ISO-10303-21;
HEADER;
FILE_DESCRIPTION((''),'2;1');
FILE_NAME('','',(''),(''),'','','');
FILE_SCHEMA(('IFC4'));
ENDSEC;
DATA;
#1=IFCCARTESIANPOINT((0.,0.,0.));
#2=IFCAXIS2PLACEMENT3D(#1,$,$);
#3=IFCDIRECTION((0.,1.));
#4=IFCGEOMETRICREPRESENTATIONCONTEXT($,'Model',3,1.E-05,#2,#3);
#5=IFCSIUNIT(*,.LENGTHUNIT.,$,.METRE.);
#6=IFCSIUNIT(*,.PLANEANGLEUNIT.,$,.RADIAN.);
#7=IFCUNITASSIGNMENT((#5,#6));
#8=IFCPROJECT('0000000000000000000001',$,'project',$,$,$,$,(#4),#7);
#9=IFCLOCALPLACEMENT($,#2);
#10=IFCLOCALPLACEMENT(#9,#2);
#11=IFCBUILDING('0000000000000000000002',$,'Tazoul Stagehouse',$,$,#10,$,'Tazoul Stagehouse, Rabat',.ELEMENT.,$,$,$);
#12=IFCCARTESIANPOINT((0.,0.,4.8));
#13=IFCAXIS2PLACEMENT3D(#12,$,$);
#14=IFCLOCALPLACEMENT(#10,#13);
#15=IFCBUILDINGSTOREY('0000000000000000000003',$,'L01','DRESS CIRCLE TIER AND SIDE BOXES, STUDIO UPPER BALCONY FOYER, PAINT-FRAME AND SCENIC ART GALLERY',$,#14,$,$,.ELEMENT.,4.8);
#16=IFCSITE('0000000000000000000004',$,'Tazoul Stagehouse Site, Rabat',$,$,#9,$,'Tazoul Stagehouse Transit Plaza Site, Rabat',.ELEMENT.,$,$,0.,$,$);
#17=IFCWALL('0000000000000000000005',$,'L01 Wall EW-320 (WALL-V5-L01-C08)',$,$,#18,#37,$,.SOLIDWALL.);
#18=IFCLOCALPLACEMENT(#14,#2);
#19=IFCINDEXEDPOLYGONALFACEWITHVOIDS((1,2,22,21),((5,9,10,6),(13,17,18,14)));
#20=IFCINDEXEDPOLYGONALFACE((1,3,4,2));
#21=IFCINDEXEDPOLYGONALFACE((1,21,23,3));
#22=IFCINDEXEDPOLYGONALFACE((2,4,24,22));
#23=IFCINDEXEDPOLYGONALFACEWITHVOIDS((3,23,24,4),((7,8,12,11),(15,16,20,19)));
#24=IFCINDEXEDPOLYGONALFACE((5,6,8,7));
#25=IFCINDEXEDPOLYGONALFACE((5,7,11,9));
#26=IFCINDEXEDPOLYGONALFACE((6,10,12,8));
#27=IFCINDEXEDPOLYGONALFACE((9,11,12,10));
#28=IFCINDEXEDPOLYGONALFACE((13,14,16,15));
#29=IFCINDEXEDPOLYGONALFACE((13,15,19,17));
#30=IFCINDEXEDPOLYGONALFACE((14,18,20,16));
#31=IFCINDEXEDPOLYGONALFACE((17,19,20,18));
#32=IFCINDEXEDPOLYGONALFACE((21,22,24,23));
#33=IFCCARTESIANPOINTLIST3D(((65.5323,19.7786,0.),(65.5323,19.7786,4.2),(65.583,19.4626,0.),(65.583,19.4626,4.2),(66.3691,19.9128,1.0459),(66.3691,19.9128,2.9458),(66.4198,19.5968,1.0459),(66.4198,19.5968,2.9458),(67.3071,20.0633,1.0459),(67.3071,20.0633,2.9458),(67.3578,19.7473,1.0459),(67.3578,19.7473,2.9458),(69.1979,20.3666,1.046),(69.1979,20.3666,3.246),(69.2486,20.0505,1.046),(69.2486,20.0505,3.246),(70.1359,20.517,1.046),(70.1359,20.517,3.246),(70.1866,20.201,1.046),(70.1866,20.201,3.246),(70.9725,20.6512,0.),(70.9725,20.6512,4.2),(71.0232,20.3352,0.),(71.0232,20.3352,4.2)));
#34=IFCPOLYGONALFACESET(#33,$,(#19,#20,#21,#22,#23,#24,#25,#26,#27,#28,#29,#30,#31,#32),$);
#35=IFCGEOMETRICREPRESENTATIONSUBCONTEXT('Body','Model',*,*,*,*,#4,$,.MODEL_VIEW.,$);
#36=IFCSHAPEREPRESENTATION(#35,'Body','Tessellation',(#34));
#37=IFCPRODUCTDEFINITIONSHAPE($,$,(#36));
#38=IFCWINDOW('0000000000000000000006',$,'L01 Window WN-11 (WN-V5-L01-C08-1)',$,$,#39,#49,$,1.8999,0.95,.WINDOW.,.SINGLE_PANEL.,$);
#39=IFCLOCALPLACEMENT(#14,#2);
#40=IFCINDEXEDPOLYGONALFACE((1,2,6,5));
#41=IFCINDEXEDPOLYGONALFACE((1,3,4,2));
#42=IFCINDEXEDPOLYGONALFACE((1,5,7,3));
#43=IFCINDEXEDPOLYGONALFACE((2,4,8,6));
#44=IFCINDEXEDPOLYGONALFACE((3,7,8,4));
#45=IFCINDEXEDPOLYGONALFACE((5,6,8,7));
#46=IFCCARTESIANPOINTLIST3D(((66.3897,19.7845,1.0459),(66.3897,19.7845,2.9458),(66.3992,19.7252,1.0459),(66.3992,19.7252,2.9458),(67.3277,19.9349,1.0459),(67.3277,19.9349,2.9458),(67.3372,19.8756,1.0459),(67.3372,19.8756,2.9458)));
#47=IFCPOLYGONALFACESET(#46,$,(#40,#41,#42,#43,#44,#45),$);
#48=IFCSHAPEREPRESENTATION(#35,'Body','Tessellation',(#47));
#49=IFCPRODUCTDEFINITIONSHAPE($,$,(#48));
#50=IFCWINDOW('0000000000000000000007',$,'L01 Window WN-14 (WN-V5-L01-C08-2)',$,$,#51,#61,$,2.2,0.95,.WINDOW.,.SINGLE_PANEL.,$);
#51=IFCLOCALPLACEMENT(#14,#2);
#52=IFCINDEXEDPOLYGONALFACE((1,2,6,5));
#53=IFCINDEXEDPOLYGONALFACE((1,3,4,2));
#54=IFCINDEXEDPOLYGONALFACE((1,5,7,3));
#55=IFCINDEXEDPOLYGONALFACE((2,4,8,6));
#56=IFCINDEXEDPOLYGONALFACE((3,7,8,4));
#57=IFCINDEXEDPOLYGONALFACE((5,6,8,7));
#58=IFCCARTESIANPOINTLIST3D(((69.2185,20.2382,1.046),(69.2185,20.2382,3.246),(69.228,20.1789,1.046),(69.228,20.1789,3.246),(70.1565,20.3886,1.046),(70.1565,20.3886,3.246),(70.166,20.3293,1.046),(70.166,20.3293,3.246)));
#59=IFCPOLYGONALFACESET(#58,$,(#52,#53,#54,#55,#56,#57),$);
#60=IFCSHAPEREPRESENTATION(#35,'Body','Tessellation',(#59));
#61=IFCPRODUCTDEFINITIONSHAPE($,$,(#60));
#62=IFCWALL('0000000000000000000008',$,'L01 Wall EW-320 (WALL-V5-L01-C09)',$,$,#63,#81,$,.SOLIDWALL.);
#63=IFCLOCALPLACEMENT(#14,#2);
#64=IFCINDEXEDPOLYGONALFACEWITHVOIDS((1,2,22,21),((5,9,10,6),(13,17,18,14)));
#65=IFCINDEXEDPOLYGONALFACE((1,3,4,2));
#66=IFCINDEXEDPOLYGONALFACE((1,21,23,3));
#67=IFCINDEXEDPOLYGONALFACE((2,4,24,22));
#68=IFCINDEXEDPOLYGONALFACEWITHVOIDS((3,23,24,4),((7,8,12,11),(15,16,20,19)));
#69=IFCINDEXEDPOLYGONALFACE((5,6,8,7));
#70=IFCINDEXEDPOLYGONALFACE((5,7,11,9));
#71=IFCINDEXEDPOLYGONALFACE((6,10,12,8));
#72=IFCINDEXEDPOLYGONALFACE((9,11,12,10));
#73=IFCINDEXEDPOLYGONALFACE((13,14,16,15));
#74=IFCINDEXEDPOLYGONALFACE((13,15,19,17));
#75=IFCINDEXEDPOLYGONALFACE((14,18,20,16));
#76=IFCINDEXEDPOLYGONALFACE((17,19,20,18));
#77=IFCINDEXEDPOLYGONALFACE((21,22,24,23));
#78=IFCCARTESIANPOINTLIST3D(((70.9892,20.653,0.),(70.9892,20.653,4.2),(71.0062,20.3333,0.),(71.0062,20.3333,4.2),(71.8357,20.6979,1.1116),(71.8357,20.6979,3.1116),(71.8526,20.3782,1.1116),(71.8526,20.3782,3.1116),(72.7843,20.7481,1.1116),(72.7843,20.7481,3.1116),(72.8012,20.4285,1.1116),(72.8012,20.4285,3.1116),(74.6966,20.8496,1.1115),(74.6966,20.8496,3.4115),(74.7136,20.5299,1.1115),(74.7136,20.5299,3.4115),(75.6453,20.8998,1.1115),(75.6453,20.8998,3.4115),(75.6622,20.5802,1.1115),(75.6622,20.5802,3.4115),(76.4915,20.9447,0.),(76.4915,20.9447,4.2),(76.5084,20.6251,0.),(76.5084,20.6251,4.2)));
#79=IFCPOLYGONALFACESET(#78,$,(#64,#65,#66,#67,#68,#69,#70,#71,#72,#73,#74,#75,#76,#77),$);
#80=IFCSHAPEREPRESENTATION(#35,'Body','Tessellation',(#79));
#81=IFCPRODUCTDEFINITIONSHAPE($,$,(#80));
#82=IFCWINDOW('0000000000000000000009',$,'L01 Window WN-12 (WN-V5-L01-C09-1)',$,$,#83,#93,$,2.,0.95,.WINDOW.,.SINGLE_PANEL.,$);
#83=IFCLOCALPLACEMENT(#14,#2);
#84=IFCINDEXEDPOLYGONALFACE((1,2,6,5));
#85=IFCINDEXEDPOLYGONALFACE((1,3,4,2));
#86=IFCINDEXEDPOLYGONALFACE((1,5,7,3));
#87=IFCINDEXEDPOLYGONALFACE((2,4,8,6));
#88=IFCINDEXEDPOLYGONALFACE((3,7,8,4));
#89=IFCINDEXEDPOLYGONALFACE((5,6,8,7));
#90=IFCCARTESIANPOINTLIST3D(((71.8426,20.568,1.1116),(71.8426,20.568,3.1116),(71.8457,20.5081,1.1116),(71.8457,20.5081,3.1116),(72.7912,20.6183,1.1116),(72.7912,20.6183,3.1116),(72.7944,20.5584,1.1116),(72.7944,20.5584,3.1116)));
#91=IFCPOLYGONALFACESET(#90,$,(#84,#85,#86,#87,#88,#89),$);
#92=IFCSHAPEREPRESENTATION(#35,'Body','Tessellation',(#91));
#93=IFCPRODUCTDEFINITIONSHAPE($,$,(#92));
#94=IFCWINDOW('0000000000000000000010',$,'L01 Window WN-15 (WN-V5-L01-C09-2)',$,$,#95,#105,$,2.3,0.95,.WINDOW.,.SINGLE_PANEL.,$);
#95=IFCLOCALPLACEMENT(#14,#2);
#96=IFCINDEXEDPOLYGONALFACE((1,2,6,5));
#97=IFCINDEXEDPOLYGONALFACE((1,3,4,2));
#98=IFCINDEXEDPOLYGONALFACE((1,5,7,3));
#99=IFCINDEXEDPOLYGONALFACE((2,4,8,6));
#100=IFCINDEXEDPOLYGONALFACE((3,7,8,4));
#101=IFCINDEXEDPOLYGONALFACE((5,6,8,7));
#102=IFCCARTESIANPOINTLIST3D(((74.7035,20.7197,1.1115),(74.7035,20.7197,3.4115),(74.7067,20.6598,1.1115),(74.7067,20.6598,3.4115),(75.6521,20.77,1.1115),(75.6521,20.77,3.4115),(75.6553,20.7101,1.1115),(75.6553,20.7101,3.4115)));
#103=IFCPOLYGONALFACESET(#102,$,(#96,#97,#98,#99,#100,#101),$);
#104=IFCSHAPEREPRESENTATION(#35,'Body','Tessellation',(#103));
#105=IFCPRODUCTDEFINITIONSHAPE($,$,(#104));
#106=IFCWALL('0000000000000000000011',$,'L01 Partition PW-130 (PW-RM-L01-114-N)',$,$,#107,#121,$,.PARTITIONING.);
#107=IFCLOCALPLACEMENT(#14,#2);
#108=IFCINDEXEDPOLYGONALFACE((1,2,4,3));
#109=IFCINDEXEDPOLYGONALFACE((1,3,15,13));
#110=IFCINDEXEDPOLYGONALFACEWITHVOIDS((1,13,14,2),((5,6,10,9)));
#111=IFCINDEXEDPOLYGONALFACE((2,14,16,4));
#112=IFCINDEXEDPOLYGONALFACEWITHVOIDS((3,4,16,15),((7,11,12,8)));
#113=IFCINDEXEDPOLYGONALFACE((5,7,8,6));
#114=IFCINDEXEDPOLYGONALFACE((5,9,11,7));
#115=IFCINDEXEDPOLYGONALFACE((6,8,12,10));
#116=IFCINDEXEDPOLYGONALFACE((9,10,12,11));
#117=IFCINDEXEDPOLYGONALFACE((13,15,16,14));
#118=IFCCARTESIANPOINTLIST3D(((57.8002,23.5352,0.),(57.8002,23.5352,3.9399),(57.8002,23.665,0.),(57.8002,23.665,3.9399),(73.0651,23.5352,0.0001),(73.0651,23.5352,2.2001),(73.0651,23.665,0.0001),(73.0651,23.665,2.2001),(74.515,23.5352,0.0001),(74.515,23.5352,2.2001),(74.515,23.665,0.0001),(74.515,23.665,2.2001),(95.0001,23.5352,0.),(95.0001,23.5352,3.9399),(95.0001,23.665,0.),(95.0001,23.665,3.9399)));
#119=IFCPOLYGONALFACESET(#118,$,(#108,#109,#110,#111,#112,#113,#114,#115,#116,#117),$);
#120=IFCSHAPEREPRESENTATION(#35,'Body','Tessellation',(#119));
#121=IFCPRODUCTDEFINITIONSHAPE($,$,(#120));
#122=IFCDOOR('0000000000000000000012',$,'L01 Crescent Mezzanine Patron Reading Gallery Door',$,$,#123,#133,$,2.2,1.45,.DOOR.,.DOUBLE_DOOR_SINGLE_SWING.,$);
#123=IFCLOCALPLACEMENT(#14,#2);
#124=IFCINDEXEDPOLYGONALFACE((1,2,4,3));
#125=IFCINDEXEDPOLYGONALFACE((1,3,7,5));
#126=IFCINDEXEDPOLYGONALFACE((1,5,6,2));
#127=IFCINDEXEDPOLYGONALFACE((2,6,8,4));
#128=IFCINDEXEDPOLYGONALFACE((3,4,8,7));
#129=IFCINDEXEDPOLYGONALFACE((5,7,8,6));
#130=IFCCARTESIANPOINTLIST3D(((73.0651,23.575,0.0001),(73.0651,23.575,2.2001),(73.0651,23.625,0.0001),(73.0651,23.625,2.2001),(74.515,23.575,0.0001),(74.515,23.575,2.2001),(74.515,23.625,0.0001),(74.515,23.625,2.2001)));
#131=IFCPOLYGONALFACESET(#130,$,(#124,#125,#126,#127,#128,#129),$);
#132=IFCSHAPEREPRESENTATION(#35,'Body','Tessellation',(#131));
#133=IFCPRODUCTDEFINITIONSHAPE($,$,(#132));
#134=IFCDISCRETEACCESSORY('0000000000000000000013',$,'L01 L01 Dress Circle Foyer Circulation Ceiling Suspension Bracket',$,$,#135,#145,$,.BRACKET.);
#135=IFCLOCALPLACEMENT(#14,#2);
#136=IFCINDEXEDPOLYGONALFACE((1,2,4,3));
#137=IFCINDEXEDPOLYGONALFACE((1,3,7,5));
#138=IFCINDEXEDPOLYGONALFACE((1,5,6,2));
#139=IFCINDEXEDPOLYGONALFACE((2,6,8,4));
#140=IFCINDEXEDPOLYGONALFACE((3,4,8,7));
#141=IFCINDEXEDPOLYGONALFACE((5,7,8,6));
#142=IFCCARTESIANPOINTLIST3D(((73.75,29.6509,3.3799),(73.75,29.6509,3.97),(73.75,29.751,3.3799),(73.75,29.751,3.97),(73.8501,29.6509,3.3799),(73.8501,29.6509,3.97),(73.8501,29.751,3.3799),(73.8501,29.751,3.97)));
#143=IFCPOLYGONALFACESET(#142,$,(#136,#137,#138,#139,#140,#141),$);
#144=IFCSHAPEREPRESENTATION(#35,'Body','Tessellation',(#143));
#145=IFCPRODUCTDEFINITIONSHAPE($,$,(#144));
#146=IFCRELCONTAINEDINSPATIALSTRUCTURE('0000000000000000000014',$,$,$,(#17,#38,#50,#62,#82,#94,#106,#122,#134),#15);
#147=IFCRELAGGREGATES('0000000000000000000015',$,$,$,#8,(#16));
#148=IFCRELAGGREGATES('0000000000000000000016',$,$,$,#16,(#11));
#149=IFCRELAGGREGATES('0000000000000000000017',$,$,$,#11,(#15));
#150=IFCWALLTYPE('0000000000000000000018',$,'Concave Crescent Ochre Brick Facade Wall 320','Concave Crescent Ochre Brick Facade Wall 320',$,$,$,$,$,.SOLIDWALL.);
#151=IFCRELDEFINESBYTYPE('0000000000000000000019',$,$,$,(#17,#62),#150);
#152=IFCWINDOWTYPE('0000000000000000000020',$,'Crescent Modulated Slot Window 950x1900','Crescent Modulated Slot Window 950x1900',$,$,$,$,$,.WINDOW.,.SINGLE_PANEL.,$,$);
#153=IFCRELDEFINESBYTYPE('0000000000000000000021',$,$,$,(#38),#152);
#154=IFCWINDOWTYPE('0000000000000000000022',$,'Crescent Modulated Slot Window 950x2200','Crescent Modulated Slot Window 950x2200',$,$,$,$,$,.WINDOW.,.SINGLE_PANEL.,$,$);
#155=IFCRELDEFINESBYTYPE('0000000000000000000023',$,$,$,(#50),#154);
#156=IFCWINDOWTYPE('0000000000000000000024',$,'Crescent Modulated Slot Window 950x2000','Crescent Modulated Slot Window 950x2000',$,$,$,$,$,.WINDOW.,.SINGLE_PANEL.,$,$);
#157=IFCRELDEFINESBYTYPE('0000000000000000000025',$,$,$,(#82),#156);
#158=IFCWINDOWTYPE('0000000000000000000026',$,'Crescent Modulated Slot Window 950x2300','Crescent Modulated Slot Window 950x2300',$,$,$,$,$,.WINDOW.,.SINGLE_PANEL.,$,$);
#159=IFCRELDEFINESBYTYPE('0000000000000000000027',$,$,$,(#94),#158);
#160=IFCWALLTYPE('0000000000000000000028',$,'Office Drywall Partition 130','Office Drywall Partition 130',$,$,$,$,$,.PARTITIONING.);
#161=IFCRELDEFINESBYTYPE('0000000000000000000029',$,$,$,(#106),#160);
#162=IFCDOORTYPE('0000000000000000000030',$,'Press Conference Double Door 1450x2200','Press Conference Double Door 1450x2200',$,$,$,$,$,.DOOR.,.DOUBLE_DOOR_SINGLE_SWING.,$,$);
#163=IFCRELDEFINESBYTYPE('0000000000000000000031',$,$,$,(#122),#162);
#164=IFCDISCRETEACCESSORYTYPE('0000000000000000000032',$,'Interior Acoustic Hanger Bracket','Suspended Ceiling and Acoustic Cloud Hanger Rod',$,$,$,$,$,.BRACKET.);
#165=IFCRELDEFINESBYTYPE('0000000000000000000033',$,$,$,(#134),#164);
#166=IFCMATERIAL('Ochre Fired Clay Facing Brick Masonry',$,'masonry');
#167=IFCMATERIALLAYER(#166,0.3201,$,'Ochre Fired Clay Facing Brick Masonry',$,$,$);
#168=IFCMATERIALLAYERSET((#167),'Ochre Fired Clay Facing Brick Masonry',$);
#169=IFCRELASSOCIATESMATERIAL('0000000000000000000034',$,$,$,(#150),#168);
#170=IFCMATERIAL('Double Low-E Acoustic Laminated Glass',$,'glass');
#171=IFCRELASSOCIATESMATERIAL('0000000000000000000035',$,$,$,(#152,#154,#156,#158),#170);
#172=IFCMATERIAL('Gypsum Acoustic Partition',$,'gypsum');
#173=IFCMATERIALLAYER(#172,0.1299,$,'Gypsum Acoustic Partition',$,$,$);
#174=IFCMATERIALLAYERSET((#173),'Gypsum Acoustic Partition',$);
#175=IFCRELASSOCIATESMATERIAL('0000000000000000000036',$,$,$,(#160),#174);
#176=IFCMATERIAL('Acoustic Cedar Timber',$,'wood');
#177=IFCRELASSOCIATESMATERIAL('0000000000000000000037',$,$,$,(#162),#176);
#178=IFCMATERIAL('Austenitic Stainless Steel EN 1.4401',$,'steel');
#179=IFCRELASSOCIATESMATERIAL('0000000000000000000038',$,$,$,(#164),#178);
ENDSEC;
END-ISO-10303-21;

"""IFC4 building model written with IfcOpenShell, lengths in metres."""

from ifc_helpers import new_model, si_unit, direction, frame, frame_2d, origin, origin_2d, place, context, subcontext, project, spatial, rectangle, extrude, material, layer, layer_set, type_object, element, fill, save


model = new_model("IFC4")

# Units and contexts
model_context = context("Model", 3, precision=1e-05, world=origin(), true_north=direction((0.0, 1.0)))
body_context = subcontext(model_context, "Body", "Model", "MODEL_VIEW")
ifc_project = project(units=[si_unit("LENGTHUNIT", "METRE"), si_unit("PLANEANGLEUNIT", "RADIAN")], contexts=[model_context])

# Site, building, storey
site_placement = place(None, origin())
site = spatial("IfcSite", under=ifc_project, at=site_placement, Name="Tazoul Stagehouse Site, Rabat", LongName="Tazoul Stagehouse Transit Plaza Site, Rabat", CompositionType="ELEMENT", RefElevation=0.0)
building_placement = place(site_placement, origin())
building = spatial("IfcBuilding", under=site, at=building_placement, Name="Tazoul Stagehouse", LongName="Tazoul Stagehouse, Rabat", CompositionType="ELEMENT")
storey_placement = place(building_placement, frame((0.0, 0.0, 4.8)))
storey = spatial("IfcBuildingStorey", under=building, at=storey_placement, Name="L01", Description="DRESS CIRCLE TIER AND SIDE BOXES, STUDIO UPPER BALCONY FOYER, PAINT-FRAME AND SCENIC ART GALLERY", CompositionType="ELEMENT", Elevation=4.8)

# Walls, openings, windows
ifc_material_1 = material(Name="Ochre Fired Clay Facing Brick Masonry", Category="masonry")
ifc_layer_1 = layer(ifc_material_1, 0.3201, Name="Ochre Fired Clay Facing Brick Masonry")
ifc_layer_set_1 = layer_set([ifc_layer_1], Name="Ochre Fired Clay Facing Brick Masonry")
wall_type_1 = type_object("IfcWallType", Name="Concave Crescent Ochre Brick Facade Wall 320", Description="Concave Crescent Ochre Brick Facade Wall 320", PredefinedType="SOLIDWALL", material=ifc_layer_set_1)
ifc_material_2 = material(Name="Double Low-E Acoustic Laminated Glass", Category="glass")
wall_1_placement = place(storey_placement, frame((65.5576, 19.6206, 0.0), z_axis=(0.0, 0.0, 1.0), x_axis=(0.98738, 0.158367, 0.0)))
wall_1 = element("IfcWall", 1, at=wall_1_placement, inside=storey, type_object=wall_type_1, Name="L01 Wall EW-320 (WALL-V5-L01-C08)", PredefinedType="SOLIDWALL", context=body_context, shape_type="SweptSolid", body=[
    extrude(rectangle(XDim=5.5098, YDim=0.3201, at=frame_2d((2.7549, 0.0))), origin(), (0.0, 0.0, 1.0), 4.2),
])
opening_1_placement = place(wall_1_placement, frame((0.8474, 0.0, 1.0459)))
opening_1 = element("IfcOpeningElement", 2, at=opening_1_placement, cuts=wall_1, PredefinedType="OPENING", context=body_context, shape_type="SweptSolid", body=[
    extrude(rectangle(XDim=0.95, YDim=1.8999, at=frame_2d((0.4751, 0.95))), frame((0.0, 0.1799, 0.0), z_axis=(0.0, -1.0, 0.0), x_axis=(1.0, 0.0, 0.0)), (0.0, 0.0, 1.0), 0.3601),
])
opening_2_placement = place(wall_1_placement, frame((3.7124, 0.0, 1.0459)))
opening_2 = element("IfcOpeningElement", 3, at=opening_2_placement, cuts=wall_1, PredefinedType="OPENING", context=body_context, shape_type="SweptSolid", body=[
    extrude(rectangle(XDim=0.95, YDim=2.2, at=frame_2d((0.4751, 1.1001))), frame((0.0, 0.1799, 0.0), z_axis=(0.0, -1.0, 0.0), x_axis=(1.0, 0.0, 0.0)), (0.0, 0.0, 1.0), 0.3601),
])
window_type_1 = type_object("IfcWindowType", Name="Crescent Modulated Slot Window 950x1900", Description="Crescent Modulated Slot Window 950x1900", PartitioningType="SINGLE_PANEL", PredefinedType="WINDOW", material=ifc_material_2)
window_1_placement = place(opening_1_placement, origin())
window_1 = element("IfcWindow", 4, at=window_1_placement, inside=storey, type_object=window_type_1, Name="L01 Window WN-11 (WN-V5-L01-C08-1)", OverallHeight=1.8999, OverallWidth=0.95, PartitioningType="SINGLE_PANEL", PredefinedType="WINDOW", context=body_context, shape_type="SweptSolid", body=[
    extrude(rectangle(XDim=0.95, YDim=1.8999, at=frame_2d((0.4751, 0.95))), frame((0.0, 0.03, 0.0), z_axis=(0.0, -1.0, 0.0), x_axis=(1.0, 0.0, 0.0)), (0.0, 0.0, 1.0), 0.0601),
])
fill(opening_1, window_1)
window_type_2 = type_object("IfcWindowType", Name="Crescent Modulated Slot Window 950x2200", Description="Crescent Modulated Slot Window 950x2200", PartitioningType="SINGLE_PANEL", PredefinedType="WINDOW", material=ifc_material_2)
window_2_placement = place(opening_2_placement, origin())
window_2 = element("IfcWindow", 5, at=window_2_placement, inside=storey, type_object=window_type_2, Name="L01 Window WN-14 (WN-V5-L01-C08-2)", OverallHeight=2.2, OverallWidth=0.95, PartitioningType="SINGLE_PANEL", PredefinedType="WINDOW", context=body_context, shape_type="SweptSolid", body=[
    extrude(rectangle(XDim=0.95, YDim=2.2, at=frame_2d((0.4751, 1.1001))), frame((0.0, 0.03, 0.0), z_axis=(0.0, -1.0, 0.0), x_axis=(1.0, 0.0, 0.0)), (0.0, 0.0, 1.0), 0.0601),
])
fill(opening_2, window_2)
wall_2_placement = place(storey_placement, frame((70.9978, 20.4932, 0.0), z_axis=(0.0, 0.0, 1.0), x_axis=(0.998597, 0.05295, 0.0)))
wall_2 = element("IfcWall", 6, at=wall_2_placement, inside=storey, type_object=wall_type_1, Name="L01 Wall EW-320 (WALL-V5-L01-C09)", PredefinedType="SOLIDWALL", context=body_context, shape_type="SweptSolid", body=[
    extrude(rectangle(XDim=5.51, YDim=0.3201, at=frame_2d((2.7549, 0.0))), origin(), (0.0, 0.0, 1.0), 4.2),
])
opening_3_placement = place(wall_2_placement, frame((0.8474, 0.0, 1.1116)))
opening_3 = element("IfcOpeningElement", 7, at=opening_3_placement, cuts=wall_2, PredefinedType="OPENING", context=body_context, shape_type="SweptSolid", body=[
    extrude(rectangle(XDim=0.95, YDim=2.0, at=frame_2d((0.4751, 1.0))), frame((0.0, 0.1799, 0.0), z_axis=(0.0, -1.0, 0.0), x_axis=(1.0, 0.0, 0.0)), (0.0, 0.0, 1.0), 0.3601),
])
opening_4_placement = place(wall_2_placement, frame((3.7124, 0.0, 1.1116)))
opening_4 = element("IfcOpeningElement", 8, at=opening_4_placement, cuts=wall_2, PredefinedType="OPENING", context=body_context, shape_type="SweptSolid", body=[
    extrude(rectangle(XDim=0.95, YDim=2.3, at=frame_2d((0.4751, 1.1499))), frame((0.0, 0.1799, 0.0), z_axis=(0.0, -1.0, 0.0), x_axis=(1.0, 0.0, 0.0)), (0.0, 0.0, 1.0), 0.3601),
])
window_type_3 = type_object("IfcWindowType", Name="Crescent Modulated Slot Window 950x2000", Description="Crescent Modulated Slot Window 950x2000", PartitioningType="SINGLE_PANEL", PredefinedType="WINDOW", material=ifc_material_2)
window_3_placement = place(opening_3_placement, origin())
window_3 = element("IfcWindow", 9, at=window_3_placement, inside=storey, type_object=window_type_3, Name="L01 Window WN-12 (WN-V5-L01-C09-1)", OverallHeight=2.0, OverallWidth=0.95, PartitioningType="SINGLE_PANEL", PredefinedType="WINDOW", context=body_context, shape_type="SweptSolid", body=[
    extrude(rectangle(XDim=0.95, YDim=2.0, at=frame_2d((0.4751, 1.0))), frame((0.0, 0.03, 0.0), z_axis=(0.0, -1.0, 0.0), x_axis=(1.0, 0.0, 0.0)), (0.0, 0.0, 1.0), 0.0601),
])
fill(opening_3, window_3)
window_type_4 = type_object("IfcWindowType", Name="Crescent Modulated Slot Window 950x2300", Description="Crescent Modulated Slot Window 950x2300", PartitioningType="SINGLE_PANEL", PredefinedType="WINDOW", material=ifc_material_2)
window_4_placement = place(opening_4_placement, origin())
window_4 = element("IfcWindow", 10, at=window_4_placement, inside=storey, type_object=window_type_4, Name="L01 Window WN-15 (WN-V5-L01-C09-2)", OverallHeight=2.3, OverallWidth=0.95, PartitioningType="SINGLE_PANEL", PredefinedType="WINDOW", context=body_context, shape_type="SweptSolid", body=[
    extrude(rectangle(XDim=0.95, YDim=2.3, at=frame_2d((0.4751, 1.1499))), frame((0.0, 0.03, 0.0), z_axis=(0.0, -1.0, 0.0), x_axis=(1.0, 0.0, 0.0)), (0.0, 0.0, 1.0), 0.0601),
])
fill(opening_4, window_4)

# Wall, opening, door
ifc_material_3 = material(Name="Gypsum Acoustic Partition", Category="gypsum")
ifc_layer_2 = layer(ifc_material_3, 0.1299, Name="Gypsum Acoustic Partition")
ifc_layer_set_2 = layer_set([ifc_layer_2], Name="Gypsum Acoustic Partition")
wall_type_2 = type_object("IfcWallType", Name="Office Drywall Partition 130", Description="Office Drywall Partition 130", PredefinedType="PARTITIONING", material=ifc_layer_set_2)
wall_3_placement = place(storey_placement, frame((57.8, 23.6001, 0.0), z_axis=(0.0, 0.0, 1.0), x_axis=(1.0, 0.0, 0.0)))
wall_3 = element("IfcWall", 11, at=wall_3_placement, inside=storey, type_object=wall_type_2, Name="L01 Partition PW-130 (PW-RM-L01-114-N)", PredefinedType="PARTITIONING", context=body_context, shape_type="SweptSolid", body=[
    extrude(rectangle(XDim=37.2, YDim=0.1299, at=frame_2d((18.6001, 0.0))), origin(), (0.0, 0.0, 1.0), 3.9399),
])
opening_5_placement = place(wall_3_placement, frame((15.2649, 0.0, 0.0)))
opening_5 = element("IfcOpeningElement", 12, at=opening_5_placement, cuts=wall_3, PredefinedType="OPENING", context=body_context, shape_type="SweptSolid", body=[
    extrude(rectangle(XDim=1.45, YDim=2.2, at=frame_2d((0.7251, 1.1001))), frame((0.0, 0.085, 0.0), z_axis=(0.0, -1.0, 0.0), x_axis=(1.0, 0.0, 0.0)), (0.0, 0.0, 1.0), 0.1699),
])
ifc_material_4 = material(Name="Acoustic Cedar Timber", Category="wood")
door_type = type_object("IfcDoorType", Name="Press Conference Double Door 1450x2200", Description="Press Conference Double Door 1450x2200", OperationType="DOUBLE_DOOR_SINGLE_SWING", PredefinedType="DOOR", material=ifc_material_4)
door_placement = place(opening_5_placement, origin())
door = element("IfcDoor", 13, at=door_placement, inside=storey, type_object=door_type, Name="L01 Crescent Mezzanine Patron Reading Gallery Door", OperationType="DOUBLE_DOOR_SINGLE_SWING", OverallHeight=2.2, OverallWidth=1.45, PredefinedType="DOOR", context=body_context, shape_type="SweptSolid", body=[
    extrude(rectangle(XDim=1.45, YDim=2.2, at=frame_2d((0.7251, 1.1001))), frame((0.0, 0.0249, 0.0), z_axis=(0.0, -1.0, 0.0), x_axis=(1.0, 0.0, 0.0)), (0.0, 0.0, 1.0), 0.05),
])
fill(opening_5, door)

# Discrete accessory
ifc_material_5 = material(Name="Austenitic Stainless Steel EN 1.4401", Category="steel")
discrete_accessory_type = type_object("IfcDiscreteAccessoryType", Name="Interior Acoustic Hanger Bracket", Description="Suspended Ceiling and Acoustic Cloud Hanger Rod", PredefinedType="BRACKET", material=ifc_material_5)
discrete_accessory_placement = place(storey_placement, frame((73.8, 29.7009, 3.3799), z_axis=(0.0, 0.0, 1.0), x_axis=(1.0, 0.0, 0.0)))
element("IfcDiscreteAccessory", 14, at=discrete_accessory_placement, inside=storey, type_object=discrete_accessory_type, Name="L01 L01 Dress Circle Foyer Circulation Ceiling Suspension Bracket", PredefinedType="BRACKET", context=body_context, shape_type="SweptSolid", body=[
    extrude(rectangle(XDim=0.1001, YDim=0.1001, at=origin_2d()), origin(), (0.0, 0.0, 1.0), 0.5901),
])

save(model, "model.ifc")
